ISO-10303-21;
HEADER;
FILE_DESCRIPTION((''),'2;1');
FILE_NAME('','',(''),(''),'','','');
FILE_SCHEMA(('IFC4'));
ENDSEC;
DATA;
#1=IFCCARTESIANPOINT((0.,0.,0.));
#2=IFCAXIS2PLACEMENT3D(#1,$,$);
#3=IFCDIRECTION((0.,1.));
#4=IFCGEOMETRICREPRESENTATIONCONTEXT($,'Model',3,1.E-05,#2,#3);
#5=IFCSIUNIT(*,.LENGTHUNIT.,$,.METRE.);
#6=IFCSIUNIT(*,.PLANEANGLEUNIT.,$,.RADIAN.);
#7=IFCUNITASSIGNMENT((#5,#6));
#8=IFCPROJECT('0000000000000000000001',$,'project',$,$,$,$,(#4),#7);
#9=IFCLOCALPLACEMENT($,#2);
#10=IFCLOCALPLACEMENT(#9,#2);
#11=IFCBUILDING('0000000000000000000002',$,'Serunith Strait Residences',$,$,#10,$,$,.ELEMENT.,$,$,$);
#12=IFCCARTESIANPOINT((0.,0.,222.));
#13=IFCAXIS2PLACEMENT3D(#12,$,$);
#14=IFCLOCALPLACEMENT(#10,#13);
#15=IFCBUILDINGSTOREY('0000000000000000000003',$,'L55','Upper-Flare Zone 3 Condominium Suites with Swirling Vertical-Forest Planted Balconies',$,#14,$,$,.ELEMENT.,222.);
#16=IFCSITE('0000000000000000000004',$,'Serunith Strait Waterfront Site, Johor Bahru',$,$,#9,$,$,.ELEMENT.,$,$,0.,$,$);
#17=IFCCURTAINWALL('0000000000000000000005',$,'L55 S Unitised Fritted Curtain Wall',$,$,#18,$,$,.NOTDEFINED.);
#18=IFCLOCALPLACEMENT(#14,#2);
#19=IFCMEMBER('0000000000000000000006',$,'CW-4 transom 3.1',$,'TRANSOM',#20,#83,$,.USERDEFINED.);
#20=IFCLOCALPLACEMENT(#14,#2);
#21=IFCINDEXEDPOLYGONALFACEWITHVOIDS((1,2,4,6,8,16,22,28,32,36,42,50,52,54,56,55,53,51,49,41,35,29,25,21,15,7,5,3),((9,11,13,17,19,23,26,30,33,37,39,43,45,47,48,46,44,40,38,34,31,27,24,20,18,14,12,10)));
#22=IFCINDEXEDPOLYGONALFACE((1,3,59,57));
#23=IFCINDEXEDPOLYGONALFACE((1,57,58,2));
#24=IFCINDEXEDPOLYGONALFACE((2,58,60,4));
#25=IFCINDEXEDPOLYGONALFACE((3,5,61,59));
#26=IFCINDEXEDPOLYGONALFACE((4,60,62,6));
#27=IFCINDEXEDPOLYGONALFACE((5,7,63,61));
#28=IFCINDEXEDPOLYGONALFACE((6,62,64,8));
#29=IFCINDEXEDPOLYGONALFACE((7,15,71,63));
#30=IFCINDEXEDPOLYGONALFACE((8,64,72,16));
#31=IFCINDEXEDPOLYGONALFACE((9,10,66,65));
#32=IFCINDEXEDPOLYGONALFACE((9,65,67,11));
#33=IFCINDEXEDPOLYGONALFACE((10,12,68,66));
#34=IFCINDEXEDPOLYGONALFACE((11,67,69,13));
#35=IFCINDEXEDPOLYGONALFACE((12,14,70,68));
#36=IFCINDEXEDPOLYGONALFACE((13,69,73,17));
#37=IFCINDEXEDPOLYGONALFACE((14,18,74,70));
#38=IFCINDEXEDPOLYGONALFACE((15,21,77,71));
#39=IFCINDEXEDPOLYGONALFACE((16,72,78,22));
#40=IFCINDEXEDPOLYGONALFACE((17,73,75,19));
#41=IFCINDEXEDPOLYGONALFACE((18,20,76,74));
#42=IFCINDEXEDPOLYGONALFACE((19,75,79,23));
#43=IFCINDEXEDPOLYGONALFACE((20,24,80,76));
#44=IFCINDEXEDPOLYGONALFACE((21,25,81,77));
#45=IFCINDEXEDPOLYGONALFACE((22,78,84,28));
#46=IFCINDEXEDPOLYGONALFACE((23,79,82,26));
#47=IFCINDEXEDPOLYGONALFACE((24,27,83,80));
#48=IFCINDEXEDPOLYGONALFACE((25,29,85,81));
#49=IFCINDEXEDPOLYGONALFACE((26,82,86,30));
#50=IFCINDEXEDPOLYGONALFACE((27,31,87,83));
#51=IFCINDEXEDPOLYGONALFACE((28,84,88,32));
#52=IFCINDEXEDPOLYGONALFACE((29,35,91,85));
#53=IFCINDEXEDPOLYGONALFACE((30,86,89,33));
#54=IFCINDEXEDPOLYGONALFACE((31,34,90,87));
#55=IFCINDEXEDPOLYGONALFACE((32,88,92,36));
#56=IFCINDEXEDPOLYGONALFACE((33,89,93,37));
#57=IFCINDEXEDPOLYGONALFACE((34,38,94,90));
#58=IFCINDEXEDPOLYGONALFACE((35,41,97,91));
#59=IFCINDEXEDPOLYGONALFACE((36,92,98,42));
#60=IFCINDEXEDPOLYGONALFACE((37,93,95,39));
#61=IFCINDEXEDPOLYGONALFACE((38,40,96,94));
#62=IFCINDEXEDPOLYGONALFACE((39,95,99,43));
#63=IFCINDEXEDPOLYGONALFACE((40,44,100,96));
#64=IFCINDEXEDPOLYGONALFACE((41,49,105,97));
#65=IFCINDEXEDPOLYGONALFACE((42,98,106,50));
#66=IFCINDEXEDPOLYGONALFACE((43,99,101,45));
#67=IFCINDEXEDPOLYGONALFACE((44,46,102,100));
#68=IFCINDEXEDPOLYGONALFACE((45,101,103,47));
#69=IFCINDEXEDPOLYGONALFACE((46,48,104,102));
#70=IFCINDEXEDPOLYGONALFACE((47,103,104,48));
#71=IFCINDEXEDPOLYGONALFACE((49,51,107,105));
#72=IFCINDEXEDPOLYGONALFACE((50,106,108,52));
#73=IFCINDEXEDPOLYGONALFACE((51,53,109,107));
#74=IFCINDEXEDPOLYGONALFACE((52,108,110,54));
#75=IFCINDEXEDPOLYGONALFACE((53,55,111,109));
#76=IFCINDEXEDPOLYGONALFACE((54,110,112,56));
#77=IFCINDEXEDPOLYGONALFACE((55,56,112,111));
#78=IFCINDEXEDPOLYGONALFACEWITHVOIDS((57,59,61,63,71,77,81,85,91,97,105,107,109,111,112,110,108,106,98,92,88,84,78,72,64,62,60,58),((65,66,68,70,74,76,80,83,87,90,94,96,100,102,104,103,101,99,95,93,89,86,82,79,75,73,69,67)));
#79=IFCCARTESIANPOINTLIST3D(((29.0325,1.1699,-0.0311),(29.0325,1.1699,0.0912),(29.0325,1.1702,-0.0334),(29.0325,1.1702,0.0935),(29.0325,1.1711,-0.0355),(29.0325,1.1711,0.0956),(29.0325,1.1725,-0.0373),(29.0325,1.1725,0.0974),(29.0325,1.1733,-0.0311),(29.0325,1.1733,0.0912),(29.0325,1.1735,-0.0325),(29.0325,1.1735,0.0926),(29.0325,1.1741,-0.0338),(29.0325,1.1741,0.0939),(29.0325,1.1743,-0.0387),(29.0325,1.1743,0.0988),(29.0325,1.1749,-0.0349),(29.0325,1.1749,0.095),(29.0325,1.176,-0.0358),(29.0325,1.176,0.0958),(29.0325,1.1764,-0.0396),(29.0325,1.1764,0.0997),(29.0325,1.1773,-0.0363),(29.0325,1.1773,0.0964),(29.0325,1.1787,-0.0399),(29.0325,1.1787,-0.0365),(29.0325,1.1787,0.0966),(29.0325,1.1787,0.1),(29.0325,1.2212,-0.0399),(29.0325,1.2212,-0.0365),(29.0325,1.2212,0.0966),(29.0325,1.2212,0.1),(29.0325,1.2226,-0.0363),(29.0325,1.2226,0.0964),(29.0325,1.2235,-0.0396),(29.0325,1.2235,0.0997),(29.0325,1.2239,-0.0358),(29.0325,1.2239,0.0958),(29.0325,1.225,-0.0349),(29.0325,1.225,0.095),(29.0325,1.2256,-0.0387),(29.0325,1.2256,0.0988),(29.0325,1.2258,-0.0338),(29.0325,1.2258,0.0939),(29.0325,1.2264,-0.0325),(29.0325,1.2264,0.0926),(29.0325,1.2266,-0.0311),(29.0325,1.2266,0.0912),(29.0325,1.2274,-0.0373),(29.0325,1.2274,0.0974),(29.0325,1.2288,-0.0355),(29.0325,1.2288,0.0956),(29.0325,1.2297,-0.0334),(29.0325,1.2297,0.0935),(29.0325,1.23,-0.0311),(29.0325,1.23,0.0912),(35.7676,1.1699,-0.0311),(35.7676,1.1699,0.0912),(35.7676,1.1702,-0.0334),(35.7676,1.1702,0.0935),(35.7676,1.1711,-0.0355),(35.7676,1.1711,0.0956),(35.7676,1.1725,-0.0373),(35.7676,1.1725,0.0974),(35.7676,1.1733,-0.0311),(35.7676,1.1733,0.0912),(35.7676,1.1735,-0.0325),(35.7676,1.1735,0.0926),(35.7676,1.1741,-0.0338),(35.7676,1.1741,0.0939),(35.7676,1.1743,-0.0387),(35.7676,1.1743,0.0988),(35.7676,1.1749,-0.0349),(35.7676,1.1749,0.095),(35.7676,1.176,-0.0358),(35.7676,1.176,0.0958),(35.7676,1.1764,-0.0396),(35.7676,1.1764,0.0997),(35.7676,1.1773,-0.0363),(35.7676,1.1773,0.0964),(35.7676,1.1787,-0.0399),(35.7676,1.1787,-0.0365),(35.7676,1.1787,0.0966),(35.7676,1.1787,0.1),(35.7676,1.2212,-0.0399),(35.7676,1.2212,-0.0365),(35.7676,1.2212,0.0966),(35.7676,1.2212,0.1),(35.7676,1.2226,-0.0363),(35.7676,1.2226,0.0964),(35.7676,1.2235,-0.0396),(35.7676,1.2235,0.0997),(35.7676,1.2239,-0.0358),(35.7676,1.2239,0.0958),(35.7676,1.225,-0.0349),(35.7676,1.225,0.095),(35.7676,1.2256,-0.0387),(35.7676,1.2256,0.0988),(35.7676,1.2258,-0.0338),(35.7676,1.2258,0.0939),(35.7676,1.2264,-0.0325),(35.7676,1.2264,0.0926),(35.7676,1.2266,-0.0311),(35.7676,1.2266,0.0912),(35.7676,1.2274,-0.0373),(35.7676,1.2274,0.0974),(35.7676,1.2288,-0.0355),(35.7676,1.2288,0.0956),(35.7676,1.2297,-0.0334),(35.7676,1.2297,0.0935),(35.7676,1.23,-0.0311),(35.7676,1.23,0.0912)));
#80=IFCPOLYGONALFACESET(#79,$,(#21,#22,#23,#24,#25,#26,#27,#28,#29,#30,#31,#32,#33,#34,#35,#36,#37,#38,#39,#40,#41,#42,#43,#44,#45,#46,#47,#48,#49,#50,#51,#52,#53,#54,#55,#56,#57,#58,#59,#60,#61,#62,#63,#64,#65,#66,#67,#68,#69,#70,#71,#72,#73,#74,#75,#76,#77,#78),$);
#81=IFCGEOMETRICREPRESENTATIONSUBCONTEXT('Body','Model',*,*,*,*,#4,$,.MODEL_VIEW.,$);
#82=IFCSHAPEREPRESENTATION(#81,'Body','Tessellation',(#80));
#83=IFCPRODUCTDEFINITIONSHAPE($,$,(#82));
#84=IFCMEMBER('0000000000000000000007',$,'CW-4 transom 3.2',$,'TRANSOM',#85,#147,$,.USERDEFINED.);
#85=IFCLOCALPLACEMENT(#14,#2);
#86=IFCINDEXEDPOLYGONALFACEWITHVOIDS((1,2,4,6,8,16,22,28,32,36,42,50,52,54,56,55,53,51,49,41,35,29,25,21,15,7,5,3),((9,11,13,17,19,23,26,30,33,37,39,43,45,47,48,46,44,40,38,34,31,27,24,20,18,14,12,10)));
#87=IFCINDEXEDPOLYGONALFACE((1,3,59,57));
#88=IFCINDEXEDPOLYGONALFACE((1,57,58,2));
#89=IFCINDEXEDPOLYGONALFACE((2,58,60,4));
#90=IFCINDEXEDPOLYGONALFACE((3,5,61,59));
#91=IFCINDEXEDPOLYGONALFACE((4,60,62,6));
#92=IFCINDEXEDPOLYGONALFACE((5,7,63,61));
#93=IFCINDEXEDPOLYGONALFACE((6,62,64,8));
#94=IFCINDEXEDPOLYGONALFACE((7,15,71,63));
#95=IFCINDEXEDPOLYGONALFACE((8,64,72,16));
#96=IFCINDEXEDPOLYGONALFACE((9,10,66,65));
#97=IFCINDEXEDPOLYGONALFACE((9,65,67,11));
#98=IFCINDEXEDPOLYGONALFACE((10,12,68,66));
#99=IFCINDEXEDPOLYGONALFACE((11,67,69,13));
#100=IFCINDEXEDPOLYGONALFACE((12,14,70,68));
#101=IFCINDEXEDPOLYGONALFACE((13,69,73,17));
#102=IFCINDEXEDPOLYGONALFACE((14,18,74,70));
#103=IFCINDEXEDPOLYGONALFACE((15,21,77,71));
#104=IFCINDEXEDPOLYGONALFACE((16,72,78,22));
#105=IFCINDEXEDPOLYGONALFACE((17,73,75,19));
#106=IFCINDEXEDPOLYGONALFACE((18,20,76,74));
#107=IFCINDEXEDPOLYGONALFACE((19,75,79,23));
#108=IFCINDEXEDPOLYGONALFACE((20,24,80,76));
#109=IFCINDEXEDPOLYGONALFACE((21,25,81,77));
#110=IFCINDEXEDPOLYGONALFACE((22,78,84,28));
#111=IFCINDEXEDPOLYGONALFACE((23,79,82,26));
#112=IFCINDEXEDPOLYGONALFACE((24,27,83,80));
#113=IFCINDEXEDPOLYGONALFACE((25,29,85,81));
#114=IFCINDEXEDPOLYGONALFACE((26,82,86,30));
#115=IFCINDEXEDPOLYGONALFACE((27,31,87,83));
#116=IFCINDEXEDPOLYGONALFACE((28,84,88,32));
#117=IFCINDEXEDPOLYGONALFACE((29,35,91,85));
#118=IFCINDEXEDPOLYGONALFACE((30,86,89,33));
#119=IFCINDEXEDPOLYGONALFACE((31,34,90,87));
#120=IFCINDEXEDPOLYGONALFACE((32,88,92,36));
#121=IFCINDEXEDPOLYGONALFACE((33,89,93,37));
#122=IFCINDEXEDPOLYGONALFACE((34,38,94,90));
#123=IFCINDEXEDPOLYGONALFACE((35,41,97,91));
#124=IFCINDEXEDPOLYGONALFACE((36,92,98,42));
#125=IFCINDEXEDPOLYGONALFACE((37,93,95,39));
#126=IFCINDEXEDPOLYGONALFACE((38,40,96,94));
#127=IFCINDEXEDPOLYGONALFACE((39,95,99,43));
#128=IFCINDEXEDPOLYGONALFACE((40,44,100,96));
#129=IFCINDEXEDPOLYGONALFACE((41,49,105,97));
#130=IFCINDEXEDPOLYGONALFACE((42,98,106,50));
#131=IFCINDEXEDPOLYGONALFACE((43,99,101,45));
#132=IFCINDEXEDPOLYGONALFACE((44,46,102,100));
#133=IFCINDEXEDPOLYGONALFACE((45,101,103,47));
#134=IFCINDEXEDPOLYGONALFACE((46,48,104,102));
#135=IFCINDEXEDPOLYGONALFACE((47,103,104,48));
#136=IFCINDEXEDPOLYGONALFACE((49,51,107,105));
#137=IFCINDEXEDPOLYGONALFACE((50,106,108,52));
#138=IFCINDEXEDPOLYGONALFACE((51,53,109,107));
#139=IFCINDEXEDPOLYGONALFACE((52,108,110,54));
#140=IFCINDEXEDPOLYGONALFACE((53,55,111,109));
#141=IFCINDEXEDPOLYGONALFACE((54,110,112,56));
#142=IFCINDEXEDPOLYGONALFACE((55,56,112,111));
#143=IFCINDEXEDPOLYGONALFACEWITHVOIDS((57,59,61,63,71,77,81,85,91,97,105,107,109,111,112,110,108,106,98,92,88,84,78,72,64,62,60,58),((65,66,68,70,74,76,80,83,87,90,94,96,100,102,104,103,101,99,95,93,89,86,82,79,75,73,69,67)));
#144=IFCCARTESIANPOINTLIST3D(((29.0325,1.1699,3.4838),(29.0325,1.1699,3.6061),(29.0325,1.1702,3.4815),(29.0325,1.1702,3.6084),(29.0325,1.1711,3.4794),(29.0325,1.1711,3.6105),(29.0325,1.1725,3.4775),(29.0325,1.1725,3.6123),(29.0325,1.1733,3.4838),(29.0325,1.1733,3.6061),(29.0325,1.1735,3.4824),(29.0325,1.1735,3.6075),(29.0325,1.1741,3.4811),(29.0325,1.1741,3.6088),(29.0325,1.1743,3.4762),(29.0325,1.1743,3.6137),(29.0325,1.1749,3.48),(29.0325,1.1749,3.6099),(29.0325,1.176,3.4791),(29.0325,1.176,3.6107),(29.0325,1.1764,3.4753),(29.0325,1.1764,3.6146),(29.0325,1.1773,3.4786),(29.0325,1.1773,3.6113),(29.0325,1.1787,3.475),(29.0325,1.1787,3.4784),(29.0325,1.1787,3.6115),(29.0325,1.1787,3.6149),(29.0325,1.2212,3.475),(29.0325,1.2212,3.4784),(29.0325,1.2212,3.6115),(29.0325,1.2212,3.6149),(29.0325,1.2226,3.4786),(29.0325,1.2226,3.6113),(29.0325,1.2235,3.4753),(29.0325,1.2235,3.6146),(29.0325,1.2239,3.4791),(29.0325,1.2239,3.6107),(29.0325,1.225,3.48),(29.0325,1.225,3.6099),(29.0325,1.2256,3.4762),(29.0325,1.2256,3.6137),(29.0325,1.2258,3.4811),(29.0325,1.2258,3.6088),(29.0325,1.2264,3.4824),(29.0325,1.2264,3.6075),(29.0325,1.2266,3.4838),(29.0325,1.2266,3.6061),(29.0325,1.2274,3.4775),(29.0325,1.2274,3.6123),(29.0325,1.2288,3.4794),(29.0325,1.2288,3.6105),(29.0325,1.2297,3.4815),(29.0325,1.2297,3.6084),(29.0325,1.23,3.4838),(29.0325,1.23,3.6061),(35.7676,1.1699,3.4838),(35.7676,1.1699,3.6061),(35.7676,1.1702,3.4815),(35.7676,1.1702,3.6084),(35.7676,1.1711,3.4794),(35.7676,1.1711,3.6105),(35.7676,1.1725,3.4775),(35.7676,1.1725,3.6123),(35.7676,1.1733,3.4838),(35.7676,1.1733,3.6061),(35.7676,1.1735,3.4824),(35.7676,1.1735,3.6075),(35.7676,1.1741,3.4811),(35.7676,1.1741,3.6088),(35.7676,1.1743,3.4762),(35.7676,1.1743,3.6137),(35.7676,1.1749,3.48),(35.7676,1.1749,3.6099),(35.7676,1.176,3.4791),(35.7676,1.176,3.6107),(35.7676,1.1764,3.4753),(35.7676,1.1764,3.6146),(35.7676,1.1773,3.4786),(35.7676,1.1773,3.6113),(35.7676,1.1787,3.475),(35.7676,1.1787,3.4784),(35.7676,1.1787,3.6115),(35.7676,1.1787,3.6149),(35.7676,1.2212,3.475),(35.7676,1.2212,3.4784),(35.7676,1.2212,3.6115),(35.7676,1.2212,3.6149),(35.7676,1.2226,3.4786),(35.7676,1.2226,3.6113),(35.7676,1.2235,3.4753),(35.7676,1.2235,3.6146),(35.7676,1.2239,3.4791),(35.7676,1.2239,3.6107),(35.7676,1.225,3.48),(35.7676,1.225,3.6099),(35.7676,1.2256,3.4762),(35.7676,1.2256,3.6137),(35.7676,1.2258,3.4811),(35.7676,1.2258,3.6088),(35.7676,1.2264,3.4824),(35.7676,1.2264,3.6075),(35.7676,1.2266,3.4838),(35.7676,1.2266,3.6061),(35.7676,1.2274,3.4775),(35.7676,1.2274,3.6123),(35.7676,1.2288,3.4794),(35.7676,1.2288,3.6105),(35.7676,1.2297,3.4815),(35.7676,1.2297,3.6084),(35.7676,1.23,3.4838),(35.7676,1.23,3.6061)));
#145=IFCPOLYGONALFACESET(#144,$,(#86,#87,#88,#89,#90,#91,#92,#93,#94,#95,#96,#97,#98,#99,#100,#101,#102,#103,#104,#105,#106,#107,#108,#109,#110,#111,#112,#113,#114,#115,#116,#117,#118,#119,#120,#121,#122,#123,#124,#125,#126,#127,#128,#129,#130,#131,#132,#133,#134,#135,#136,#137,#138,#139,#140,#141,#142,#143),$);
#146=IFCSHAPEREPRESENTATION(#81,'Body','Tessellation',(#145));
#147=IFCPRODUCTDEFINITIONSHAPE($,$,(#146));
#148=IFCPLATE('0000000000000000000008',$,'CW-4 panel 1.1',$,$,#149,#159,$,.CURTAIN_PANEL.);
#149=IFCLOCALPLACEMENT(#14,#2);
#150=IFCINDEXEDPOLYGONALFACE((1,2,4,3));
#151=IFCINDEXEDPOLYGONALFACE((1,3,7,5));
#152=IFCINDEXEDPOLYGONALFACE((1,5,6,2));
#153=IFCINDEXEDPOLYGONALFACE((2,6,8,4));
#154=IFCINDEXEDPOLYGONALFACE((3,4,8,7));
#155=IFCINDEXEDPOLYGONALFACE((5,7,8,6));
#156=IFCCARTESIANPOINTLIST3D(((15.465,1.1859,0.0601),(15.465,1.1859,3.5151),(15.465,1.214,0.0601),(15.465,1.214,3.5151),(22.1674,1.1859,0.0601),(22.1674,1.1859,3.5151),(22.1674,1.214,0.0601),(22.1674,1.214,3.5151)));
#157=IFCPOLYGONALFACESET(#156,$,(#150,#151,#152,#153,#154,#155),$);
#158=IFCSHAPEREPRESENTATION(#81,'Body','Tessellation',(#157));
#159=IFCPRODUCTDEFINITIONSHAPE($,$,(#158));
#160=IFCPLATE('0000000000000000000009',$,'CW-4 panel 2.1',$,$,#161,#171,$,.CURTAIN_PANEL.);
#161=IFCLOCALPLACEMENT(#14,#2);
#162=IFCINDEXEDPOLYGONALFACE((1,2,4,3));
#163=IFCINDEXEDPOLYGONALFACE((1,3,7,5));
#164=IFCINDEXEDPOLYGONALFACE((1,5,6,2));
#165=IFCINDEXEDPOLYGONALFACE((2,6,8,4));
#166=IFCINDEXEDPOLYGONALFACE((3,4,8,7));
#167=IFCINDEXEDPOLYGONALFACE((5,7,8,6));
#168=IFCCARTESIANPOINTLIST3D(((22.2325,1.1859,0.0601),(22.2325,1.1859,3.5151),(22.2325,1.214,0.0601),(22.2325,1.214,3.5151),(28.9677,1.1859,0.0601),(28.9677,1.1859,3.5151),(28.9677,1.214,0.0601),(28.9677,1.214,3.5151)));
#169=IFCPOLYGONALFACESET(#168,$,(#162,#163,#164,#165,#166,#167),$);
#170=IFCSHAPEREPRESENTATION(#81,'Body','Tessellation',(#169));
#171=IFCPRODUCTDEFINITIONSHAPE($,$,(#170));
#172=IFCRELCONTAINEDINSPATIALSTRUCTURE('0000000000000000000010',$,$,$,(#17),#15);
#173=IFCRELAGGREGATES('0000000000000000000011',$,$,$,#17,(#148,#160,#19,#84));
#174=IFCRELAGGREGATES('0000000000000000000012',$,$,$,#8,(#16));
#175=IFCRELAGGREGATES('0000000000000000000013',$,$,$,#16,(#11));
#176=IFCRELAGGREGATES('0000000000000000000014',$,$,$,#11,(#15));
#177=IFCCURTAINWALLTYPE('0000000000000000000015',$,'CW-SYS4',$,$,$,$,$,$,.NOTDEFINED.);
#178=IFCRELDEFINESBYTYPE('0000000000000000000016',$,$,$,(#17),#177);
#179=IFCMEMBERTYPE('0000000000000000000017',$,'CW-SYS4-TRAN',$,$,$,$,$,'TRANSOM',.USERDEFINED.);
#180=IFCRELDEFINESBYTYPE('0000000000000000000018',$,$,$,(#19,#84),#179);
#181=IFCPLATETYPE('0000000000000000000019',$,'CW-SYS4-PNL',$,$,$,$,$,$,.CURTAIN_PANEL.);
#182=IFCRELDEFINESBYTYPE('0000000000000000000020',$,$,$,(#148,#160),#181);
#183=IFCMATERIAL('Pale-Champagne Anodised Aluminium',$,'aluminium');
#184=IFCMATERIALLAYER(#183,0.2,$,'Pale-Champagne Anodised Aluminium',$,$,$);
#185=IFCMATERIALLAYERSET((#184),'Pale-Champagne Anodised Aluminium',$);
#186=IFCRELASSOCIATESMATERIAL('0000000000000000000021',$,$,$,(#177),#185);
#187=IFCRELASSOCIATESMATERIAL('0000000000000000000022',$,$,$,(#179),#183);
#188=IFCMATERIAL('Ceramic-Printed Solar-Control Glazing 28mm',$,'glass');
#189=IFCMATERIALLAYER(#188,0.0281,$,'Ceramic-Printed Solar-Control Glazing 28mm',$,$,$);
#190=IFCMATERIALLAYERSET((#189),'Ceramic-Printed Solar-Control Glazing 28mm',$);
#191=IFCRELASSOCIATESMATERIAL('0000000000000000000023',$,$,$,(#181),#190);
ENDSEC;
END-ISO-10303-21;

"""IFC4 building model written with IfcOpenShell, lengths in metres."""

from ifc_helpers import new_model, si_unit, direction, frame, origin, origin_2d, place, context, subcontext, project, spatial, rectangle, hollow_rectangle, extrude, source, transform, mapped, material, layer, layer_set, material_profile, profile_set, type_object, element, aggregate, save


model = new_model("IFC4")

# Units and contexts
model_context = context("Model", 3, precision=1e-05, world=origin(), true_north=direction((0.0, 1.0)))
body_context = subcontext(model_context, "Body", "Model", "MODEL_VIEW")
ifc_project = project(units=[si_unit("LENGTHUNIT", "METRE"), si_unit("PLANEANGLEUNIT", "RADIAN")], contexts=[model_context])

# Site, building, storey
site_placement = place(None, origin())
site = spatial("IfcSite", under=ifc_project, at=site_placement, Name="Serunith Strait Waterfront Site, Johor Bahru", CompositionType="ELEMENT", RefElevation=0.0)
building_placement = place(site_placement, origin())
building = spatial("IfcBuilding", under=site, at=building_placement, Name="Serunith Strait Residences", CompositionType="ELEMENT")
storey_placement = place(building_placement, frame((0.0, 0.0, 222.0)))
storey = spatial("IfcBuildingStorey", under=building, at=storey_placement, Name="L55", Description="Upper-Flare Zone 3 Condominium Suites with Swirling Vertical-Forest Planted Balconies", CompositionType="ELEMENT", Elevation=222.0)

# Curtain wall, members, plates
ifc_material_1 = material(Name="Pale-Champagne Anodised Aluminium", Category="aluminium")
ifc_layer_1 = layer(ifc_material_1, 0.2, Name="Pale-Champagne Anodised Aluminium")
ifc_layer_set_1 = layer_set([ifc_layer_1], Name="Pale-Champagne Anodised Aluminium")
curtain_wall_type = type_object("IfcCurtainWallType", Name="CW-SYS4", PredefinedType="NOTDEFINED", material=ifc_layer_set_1)
curtain_wall_placement = place(storey_placement, origin())
curtain_wall = element("IfcCurtainWall", 1, at=curtain_wall_placement, inside=storey, type_object=curtain_wall_type, Name="L55 S Unitised Fritted Curtain Wall", PredefinedType="NOTDEFINED")
ifc_material_profile_1 = material_profile(ifc_material_1, hollow_rectangle(XDim=0.0601, YDim=0.1399, WallThickness=0.0034, InnerFilletRadius=0.0054, OuterFilletRadius=0.0088, at=origin_2d()), Name="ALU 140x60x3.5")
ifc_profile_set_1 = profile_set([ifc_material_profile_1], Name="Pale-Champagne Anodised Aluminium")
member_type_1 = type_object("IfcMemberType", Name="CW-SYS4-TRAN", ElementType="TRANSOM", PredefinedType="USERDEFINED", material=ifc_profile_set_1)
shared_shape_1 = source(origin(), body_context, "Body", "SweptSolid", [
    extrude(hollow_rectangle(XDim=0.0601, YDim=0.1399, WallThickness=0.0034, InnerFilletRadius=0.0054, OuterFilletRadius=0.0088, at=origin_2d()), origin(), (0.0, 0.0, 1.0), 6.7351),
])
member_1_placement = place(storey_placement, frame((29.0325, 1.2, 0.03), z_axis=(1.0, 0.0, 0.0), x_axis=(0.0, 1.0, 0.0)))
member_1 = element("IfcMember", 2, at=member_1_placement, type_object=member_type_1, Name="CW-4 transom 3.1", ObjectType="TRANSOM", PredefinedType="USERDEFINED", context=body_context, shape_type="MappedRepresentation", body=[
    mapped(shared_shape_1, transform((0.0, 0.0, 0.0), scale=1.0)),
])
member_2_placement = place(storey_placement, frame((29.0325, 1.2, 3.5449), z_axis=(1.0, 0.0, 0.0), x_axis=(0.0, 1.0, 0.0)))
member_2 = element("IfcMember", 3, at=member_2_placement, type_object=member_type_1, Name="CW-4 transom 3.2", ObjectType="TRANSOM", PredefinedType="USERDEFINED", context=body_context, shape_type="MappedRepresentation", body=[
    mapped(shared_shape_1, transform((0.0, 0.0, 0.0), scale=1.0)),
])
ifc_material_2 = material(Name="Ceramic-Printed Solar-Control Glazing 28mm", Category="glass")
ifc_layer_2 = layer(ifc_material_2, 0.0281, Name="Ceramic-Printed Solar-Control Glazing 28mm")
ifc_layer_set_2 = layer_set([ifc_layer_2], Name="Ceramic-Printed Solar-Control Glazing 28mm")
plate_type = type_object("IfcPlateType", Name="CW-SYS4-PNL", PredefinedType="CURTAIN_PANEL", material=ifc_layer_set_2)
shared_shape_2 = source(origin(), body_context, "Body", "SweptSolid", [
    extrude(rectangle(XDim=6.7024, YDim=0.0281, at=origin_2d()), origin(), (0.0, 0.0, 1.0), 3.4551),
])
plate_1_placement = place(storey_placement, frame((18.8162, 1.2, 0.0601), z_axis=(0.0, 0.0, 1.0), x_axis=(1.0, 0.0, 0.0)))
plate_1 = element("IfcPlate", 4, at=plate_1_placement, type_object=plate_type, Name="CW-4 panel 1.1", PredefinedType="CURTAIN_PANEL", context=body_context, shape_type="MappedRepresentation", body=[
    mapped(shared_shape_2, transform((0.0, 0.0, 0.0), scale=1.0)),
])
shared_shape_3 = source(origin(), body_context, "Body", "SweptSolid", [
    extrude(rectangle(XDim=6.7351, YDim=0.0281, at=origin_2d()), origin(), (0.0, 0.0, 1.0), 3.4551),
])
plate_2_placement = place(storey_placement, frame((25.6001, 1.2, 0.0601), z_axis=(0.0, 0.0, 1.0), x_axis=(1.0, 0.0, 0.0)))
plate_2 = element("IfcPlate", 5, at=plate_2_placement, type_object=plate_type, Name="CW-4 panel 2.1", PredefinedType="CURTAIN_PANEL", context=body_context, shape_type="MappedRepresentation", body=[
    mapped(shared_shape_3, transform((0.0, 0.0, 0.0), scale=1.0)),
])
aggregate(curtain_wall, [plate_1, plate_2, member_1, member_2])

save(model, "model.ifc")
